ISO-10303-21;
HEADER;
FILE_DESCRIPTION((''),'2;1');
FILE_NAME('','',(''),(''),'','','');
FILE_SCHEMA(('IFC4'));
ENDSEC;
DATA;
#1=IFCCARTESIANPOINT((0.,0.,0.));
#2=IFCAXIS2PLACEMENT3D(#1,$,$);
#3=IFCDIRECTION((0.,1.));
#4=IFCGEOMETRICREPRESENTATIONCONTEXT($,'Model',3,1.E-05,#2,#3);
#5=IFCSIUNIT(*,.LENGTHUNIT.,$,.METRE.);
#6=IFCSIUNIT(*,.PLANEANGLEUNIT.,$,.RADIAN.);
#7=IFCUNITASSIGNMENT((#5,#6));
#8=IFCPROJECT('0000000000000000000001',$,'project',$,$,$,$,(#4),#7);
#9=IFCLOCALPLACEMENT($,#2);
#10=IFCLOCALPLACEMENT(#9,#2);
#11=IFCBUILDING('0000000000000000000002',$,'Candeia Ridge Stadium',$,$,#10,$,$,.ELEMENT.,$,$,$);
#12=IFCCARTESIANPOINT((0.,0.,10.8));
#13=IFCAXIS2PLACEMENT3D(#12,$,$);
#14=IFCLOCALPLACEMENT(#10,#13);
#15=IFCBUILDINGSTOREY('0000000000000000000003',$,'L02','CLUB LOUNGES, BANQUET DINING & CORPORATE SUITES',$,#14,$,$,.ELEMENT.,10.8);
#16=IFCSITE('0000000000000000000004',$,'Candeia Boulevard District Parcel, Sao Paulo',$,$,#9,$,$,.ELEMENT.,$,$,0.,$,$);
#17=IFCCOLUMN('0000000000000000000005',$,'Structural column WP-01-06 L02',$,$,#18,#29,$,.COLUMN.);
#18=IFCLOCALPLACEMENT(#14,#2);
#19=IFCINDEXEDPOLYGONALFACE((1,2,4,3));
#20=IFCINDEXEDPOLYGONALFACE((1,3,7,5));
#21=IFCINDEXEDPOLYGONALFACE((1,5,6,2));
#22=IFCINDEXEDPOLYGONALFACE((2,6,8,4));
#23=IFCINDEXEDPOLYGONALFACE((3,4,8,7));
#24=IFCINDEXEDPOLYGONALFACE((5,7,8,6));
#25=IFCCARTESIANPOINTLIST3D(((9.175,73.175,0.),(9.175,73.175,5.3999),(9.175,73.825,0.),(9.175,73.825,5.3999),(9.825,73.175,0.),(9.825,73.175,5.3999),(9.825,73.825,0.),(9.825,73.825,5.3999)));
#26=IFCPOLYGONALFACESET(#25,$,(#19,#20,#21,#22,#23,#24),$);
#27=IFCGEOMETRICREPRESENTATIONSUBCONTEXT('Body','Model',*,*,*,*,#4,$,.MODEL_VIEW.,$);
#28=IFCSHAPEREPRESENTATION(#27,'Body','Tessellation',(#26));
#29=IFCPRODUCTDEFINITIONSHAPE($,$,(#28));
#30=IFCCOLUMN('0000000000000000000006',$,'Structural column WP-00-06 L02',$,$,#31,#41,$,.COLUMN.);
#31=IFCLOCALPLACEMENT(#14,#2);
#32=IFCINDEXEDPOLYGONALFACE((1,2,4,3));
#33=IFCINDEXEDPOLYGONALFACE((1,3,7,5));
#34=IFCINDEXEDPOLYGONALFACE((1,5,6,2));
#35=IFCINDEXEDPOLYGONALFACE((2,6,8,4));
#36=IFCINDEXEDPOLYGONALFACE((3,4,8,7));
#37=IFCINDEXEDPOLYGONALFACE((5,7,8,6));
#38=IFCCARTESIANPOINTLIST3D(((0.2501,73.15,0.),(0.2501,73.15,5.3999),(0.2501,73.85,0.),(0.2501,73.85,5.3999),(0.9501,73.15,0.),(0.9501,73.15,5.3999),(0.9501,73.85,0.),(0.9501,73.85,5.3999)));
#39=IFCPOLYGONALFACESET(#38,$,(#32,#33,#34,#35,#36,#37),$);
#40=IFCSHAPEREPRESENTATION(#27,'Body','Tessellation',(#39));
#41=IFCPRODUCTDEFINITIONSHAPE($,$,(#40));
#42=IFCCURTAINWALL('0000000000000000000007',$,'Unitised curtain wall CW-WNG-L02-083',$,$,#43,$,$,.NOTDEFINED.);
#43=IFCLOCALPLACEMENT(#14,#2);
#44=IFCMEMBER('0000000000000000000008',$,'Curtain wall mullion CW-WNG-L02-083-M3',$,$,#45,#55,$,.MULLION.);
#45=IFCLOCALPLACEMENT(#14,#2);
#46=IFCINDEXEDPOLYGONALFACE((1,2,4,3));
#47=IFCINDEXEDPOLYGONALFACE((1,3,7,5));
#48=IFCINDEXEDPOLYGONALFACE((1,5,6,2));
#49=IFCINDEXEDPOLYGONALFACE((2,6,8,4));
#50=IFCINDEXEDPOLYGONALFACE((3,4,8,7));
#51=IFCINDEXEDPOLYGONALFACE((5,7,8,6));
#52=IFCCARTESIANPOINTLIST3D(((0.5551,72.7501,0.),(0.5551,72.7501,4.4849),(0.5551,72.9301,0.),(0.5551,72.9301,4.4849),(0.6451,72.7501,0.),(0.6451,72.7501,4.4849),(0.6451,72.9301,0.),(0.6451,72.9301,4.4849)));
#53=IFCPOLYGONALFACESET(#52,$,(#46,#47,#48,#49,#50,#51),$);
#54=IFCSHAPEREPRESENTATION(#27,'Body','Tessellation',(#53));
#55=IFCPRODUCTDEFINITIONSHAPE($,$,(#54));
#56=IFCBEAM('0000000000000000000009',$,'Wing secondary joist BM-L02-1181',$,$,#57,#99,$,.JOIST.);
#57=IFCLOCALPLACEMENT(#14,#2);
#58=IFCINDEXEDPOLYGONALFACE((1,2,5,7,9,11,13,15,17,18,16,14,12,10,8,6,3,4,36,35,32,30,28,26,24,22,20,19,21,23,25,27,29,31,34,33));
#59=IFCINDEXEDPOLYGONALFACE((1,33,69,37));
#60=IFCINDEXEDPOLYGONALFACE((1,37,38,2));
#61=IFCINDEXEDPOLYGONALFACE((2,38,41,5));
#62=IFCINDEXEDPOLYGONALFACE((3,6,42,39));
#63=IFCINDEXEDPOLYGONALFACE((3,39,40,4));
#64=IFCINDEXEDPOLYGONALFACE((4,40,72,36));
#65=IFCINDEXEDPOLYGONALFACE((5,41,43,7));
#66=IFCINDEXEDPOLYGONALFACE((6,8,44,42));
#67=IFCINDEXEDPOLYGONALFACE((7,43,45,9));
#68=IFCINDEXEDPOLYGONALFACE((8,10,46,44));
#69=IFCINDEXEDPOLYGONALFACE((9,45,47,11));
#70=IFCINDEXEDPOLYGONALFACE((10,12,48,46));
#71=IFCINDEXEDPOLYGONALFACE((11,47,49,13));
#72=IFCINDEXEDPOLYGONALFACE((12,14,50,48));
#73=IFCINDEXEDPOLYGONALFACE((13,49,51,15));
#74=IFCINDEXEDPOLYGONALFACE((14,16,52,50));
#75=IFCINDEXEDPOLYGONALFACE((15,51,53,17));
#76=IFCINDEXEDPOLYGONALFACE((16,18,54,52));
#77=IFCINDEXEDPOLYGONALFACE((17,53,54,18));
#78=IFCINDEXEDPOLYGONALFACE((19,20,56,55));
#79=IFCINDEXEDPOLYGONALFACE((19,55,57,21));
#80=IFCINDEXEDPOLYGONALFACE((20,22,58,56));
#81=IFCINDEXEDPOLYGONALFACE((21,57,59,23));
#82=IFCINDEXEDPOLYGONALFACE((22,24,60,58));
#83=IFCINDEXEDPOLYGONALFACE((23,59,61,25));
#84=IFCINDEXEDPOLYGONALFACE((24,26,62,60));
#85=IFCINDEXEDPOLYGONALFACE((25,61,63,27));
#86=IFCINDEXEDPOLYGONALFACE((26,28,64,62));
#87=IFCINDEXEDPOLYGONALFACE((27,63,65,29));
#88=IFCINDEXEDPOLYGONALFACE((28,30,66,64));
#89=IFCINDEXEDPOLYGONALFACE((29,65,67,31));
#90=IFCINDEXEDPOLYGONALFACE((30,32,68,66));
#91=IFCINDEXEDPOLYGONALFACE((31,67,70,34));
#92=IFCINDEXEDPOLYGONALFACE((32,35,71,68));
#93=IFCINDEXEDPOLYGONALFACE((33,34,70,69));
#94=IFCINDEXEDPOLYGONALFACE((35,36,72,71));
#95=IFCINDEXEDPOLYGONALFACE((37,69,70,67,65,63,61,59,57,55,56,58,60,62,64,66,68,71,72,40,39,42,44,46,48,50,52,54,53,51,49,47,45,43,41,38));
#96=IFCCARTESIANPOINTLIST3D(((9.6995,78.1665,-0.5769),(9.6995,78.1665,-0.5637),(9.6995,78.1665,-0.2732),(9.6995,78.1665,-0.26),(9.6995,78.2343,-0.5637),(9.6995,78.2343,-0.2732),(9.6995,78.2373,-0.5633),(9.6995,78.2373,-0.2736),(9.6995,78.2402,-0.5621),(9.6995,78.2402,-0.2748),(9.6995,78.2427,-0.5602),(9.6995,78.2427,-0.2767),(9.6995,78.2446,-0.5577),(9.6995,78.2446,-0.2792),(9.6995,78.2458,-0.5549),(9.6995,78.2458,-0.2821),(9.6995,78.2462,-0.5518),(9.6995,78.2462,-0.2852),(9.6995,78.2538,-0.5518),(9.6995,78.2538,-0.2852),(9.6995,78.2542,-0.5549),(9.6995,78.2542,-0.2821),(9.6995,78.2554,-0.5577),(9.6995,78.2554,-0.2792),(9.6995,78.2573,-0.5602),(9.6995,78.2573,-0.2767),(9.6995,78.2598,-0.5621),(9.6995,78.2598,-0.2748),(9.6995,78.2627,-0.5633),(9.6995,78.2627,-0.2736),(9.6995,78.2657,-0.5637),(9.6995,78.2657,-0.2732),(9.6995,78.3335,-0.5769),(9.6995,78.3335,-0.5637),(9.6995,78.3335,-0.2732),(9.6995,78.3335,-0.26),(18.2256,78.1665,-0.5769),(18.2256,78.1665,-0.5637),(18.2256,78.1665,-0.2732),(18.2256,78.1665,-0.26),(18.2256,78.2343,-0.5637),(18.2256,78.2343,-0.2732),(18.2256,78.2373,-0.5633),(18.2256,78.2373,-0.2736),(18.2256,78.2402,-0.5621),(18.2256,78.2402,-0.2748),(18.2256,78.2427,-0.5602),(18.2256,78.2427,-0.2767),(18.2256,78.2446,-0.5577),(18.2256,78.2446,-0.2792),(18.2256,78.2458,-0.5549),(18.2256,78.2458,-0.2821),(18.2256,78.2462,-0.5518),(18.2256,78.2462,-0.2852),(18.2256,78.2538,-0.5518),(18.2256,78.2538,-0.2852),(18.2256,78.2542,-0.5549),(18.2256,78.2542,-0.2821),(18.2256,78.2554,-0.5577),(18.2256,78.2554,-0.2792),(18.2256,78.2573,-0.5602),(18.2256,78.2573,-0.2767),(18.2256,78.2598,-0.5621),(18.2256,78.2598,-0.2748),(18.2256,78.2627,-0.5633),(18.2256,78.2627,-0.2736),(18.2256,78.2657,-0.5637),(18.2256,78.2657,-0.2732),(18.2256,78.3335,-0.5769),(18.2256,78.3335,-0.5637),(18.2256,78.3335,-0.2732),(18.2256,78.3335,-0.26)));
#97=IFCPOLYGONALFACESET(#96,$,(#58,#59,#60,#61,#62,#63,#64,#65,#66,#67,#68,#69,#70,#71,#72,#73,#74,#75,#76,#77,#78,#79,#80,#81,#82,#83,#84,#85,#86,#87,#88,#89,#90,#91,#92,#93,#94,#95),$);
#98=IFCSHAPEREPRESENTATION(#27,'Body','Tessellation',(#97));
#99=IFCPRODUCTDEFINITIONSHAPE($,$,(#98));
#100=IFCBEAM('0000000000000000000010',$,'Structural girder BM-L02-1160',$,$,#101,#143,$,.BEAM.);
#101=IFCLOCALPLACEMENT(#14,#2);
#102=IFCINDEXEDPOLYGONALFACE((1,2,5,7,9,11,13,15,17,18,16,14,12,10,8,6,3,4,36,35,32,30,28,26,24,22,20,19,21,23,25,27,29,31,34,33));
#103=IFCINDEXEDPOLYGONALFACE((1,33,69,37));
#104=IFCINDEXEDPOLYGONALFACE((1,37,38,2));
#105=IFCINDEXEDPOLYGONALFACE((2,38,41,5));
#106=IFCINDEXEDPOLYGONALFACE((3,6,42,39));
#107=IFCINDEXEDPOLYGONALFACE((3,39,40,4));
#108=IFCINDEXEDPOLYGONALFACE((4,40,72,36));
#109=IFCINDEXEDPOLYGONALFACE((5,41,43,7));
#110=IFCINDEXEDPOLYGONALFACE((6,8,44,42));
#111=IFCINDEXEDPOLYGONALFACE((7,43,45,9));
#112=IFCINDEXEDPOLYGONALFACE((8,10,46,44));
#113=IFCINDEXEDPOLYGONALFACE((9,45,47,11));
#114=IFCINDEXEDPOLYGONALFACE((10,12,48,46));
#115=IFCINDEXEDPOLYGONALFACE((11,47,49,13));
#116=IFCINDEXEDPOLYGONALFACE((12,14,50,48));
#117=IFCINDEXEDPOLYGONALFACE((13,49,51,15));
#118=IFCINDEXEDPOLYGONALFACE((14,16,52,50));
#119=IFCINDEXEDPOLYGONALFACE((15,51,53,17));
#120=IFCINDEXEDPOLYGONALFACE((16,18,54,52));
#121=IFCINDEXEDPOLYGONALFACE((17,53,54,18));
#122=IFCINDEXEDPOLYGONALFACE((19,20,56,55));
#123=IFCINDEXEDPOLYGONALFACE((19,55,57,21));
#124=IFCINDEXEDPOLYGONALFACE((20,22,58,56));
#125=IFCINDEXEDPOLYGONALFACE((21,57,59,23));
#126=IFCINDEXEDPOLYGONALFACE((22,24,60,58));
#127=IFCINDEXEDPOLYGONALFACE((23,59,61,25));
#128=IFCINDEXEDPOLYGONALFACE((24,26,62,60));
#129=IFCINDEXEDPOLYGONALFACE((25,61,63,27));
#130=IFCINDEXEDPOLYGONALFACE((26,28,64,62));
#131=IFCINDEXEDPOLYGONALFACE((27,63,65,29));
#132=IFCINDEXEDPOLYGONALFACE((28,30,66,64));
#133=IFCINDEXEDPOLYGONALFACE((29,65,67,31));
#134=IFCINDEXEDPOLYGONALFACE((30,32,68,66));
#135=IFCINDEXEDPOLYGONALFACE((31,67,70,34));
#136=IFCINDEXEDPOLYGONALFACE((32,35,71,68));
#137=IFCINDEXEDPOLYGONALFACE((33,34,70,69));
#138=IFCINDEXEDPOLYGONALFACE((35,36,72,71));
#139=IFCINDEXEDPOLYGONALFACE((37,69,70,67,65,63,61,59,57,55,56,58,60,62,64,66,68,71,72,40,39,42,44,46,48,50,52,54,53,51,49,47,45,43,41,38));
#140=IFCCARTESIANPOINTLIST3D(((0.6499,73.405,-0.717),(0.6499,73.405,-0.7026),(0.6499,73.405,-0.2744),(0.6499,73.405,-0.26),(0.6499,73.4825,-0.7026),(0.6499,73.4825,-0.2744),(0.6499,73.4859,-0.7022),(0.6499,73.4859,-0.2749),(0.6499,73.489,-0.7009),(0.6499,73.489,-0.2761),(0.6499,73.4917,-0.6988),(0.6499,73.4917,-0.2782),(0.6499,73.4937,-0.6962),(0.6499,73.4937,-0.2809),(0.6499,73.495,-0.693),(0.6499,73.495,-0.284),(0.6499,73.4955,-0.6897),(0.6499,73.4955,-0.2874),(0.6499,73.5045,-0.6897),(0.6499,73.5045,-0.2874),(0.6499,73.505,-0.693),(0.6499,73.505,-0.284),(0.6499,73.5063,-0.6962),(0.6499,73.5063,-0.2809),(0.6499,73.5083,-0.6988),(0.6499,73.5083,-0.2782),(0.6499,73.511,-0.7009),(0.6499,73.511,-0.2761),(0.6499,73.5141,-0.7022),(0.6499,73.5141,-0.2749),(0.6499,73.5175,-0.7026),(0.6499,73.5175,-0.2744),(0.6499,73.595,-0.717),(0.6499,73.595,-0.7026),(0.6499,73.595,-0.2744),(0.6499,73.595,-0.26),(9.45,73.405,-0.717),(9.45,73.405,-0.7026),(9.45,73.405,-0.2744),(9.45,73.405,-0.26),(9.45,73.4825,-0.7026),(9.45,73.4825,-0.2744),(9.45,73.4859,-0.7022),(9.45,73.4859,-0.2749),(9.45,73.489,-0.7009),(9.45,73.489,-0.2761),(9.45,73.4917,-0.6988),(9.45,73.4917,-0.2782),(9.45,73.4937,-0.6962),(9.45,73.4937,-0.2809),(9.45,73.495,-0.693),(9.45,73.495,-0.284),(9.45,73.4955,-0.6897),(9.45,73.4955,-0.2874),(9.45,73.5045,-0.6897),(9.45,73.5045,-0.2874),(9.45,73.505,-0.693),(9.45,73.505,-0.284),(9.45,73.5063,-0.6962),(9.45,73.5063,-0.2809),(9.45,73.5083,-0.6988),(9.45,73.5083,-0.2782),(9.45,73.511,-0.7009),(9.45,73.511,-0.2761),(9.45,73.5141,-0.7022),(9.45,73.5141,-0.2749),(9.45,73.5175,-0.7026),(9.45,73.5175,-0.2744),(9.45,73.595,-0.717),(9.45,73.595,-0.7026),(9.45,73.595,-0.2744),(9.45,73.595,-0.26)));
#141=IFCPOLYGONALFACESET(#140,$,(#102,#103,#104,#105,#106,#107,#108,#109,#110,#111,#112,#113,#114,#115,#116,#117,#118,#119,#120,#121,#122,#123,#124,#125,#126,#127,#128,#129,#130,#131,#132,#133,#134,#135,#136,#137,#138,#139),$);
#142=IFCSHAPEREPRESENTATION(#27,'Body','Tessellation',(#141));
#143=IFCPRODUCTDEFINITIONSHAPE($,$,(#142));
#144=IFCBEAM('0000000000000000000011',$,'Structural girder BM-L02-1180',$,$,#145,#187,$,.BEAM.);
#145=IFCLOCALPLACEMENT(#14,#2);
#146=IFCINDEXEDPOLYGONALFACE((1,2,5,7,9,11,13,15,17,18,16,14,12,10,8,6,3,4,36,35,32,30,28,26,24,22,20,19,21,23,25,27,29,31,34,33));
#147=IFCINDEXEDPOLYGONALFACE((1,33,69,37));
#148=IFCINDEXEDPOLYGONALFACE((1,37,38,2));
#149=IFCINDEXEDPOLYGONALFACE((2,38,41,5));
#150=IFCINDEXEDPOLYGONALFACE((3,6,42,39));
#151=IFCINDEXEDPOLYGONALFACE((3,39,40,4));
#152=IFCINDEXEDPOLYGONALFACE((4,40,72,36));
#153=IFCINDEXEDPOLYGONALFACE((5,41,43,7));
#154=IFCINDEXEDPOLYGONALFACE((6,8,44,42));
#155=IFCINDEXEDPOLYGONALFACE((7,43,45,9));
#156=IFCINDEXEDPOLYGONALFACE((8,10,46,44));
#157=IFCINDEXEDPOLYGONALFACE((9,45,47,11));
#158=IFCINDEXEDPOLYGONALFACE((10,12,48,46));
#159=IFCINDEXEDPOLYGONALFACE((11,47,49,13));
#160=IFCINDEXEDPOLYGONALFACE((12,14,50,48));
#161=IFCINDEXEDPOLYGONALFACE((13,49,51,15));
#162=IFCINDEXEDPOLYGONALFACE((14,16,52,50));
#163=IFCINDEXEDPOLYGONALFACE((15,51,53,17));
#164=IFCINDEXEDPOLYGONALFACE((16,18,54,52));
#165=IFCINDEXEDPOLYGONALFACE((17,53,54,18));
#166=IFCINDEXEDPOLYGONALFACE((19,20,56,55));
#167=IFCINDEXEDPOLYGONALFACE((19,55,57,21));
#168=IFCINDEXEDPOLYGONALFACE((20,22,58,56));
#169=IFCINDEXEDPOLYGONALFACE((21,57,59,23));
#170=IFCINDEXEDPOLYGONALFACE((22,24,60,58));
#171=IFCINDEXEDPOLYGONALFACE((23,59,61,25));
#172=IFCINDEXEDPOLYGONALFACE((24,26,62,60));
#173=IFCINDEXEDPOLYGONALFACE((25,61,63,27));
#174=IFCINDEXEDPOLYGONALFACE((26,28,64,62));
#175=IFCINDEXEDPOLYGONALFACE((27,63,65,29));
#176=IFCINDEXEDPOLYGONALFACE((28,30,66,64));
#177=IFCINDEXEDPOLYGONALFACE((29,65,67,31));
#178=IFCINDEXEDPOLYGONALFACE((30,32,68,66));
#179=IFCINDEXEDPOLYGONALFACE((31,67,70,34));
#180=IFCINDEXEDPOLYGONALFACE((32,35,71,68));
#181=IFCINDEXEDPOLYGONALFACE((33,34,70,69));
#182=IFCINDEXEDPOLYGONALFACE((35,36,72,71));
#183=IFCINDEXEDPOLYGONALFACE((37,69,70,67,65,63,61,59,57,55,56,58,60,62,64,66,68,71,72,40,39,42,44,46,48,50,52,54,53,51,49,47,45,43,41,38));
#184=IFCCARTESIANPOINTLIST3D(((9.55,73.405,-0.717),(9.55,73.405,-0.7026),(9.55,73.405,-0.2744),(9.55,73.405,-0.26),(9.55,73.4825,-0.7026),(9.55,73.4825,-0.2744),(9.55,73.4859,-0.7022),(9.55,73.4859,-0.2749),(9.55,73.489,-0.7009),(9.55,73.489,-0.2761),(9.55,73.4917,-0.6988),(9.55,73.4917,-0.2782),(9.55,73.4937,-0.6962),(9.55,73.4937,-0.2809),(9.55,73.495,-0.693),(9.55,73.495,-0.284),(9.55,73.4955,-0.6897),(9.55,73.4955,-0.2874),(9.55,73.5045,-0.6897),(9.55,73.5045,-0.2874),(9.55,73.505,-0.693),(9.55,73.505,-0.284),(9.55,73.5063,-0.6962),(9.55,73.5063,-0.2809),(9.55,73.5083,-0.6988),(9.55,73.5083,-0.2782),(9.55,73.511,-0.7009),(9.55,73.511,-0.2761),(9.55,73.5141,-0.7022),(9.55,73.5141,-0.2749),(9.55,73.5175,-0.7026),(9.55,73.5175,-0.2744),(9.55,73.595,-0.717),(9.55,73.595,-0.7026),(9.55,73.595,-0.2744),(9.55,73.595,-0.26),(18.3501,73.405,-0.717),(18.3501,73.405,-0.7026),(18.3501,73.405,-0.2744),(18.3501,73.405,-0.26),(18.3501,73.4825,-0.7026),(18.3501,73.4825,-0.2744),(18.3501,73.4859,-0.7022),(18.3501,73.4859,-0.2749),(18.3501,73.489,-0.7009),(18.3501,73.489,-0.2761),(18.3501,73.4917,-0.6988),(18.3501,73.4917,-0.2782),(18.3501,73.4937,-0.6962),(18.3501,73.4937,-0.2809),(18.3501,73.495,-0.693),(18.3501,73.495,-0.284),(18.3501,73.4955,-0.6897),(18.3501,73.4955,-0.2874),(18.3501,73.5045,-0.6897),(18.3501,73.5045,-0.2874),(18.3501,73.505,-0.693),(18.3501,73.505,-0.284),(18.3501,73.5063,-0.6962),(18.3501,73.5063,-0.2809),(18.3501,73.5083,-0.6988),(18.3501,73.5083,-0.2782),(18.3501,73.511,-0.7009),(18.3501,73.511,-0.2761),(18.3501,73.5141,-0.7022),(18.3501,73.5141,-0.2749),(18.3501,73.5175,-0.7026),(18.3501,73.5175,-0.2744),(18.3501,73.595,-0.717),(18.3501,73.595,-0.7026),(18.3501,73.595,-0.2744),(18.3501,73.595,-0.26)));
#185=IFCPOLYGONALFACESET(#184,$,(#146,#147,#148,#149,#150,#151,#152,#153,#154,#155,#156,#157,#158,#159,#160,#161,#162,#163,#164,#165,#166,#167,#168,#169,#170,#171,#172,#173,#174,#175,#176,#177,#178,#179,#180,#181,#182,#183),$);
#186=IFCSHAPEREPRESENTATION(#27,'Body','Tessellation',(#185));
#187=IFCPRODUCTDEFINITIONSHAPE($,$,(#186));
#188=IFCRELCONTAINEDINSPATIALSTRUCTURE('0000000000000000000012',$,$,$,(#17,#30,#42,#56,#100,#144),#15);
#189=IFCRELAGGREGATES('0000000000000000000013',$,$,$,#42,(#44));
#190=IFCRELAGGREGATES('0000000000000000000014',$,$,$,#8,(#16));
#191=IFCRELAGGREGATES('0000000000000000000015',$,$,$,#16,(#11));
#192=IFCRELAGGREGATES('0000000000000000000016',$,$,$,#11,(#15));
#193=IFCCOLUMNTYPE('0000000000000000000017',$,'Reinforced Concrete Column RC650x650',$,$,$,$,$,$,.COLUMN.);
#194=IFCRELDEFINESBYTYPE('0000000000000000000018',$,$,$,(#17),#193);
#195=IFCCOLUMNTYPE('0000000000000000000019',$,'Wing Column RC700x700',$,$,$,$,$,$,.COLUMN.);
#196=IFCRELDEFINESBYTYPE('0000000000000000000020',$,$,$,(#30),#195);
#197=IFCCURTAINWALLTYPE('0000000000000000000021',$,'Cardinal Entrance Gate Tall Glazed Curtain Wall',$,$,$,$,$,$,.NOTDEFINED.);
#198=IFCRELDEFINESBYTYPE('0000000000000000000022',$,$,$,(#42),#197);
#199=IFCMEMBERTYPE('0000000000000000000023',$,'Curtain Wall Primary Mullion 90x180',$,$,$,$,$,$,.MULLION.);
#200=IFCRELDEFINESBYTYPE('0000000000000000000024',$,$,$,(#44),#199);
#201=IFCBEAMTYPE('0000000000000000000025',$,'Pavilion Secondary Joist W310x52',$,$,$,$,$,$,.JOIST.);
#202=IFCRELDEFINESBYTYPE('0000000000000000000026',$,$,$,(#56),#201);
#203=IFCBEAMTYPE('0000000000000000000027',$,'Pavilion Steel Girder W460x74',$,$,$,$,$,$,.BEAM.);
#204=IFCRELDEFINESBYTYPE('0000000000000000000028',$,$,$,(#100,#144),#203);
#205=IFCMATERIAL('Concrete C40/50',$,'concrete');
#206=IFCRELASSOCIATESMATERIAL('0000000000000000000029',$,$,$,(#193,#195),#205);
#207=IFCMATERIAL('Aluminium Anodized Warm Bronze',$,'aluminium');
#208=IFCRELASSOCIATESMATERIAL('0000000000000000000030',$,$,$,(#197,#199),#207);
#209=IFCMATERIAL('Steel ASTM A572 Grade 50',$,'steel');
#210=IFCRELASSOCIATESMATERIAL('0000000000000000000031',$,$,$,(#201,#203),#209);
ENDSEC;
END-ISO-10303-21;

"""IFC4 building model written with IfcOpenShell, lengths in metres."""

from ifc_helpers import new_model, si_unit, direction, frame, origin, origin_2d, place, context, subcontext, project, spatial, rectangle, i_section, extrude, material, material_profile, profile_set, type_object, element, aggregate, save


model = new_model("IFC4")

# Units and contexts
model_context = context("Model", 3, precision=1e-05, world=origin(), true_north=direction((0.0, 1.0)))
body_context = subcontext(model_context, "Body", "Model", "MODEL_VIEW")
ifc_project = project(units=[si_unit("LENGTHUNIT", "METRE"), si_unit("PLANEANGLEUNIT", "RADIAN")], contexts=[model_context])

# Site, building, storey
site_placement = place(None, origin())
site = spatial("IfcSite", under=ifc_project, at=site_placement, Name="Candeia Boulevard District Parcel, Sao Paulo", CompositionType="ELEMENT", RefElevation=0.0)
building_placement = place(site_placement, origin())
building = spatial("IfcBuilding", under=site, at=building_placement, Name="Candeia Ridge Stadium", CompositionType="ELEMENT")
storey_placement = place(building_placement, frame((0.0, 0.0, 10.8)))
storey = spatial("IfcBuildingStorey", under=building, at=storey_placement, Name="L02", Description="CLUB LOUNGES, BANQUET DINING & CORPORATE SUITES", CompositionType="ELEMENT", Elevation=10.8)

# Columns
ifc_material_1 = material(Name="Concrete C40/50", Category="concrete")
ifc_material_profile_1 = material_profile(ifc_material_1, rectangle(XDim=0.6499, YDim=0.6499, at=origin_2d()), Name="RC650x650", Category="concrete")
ifc_profile_set_1 = profile_set([ifc_material_profile_1], Name="Concrete C40/50")
column_type_1 = type_object("IfcColumnType", Name="Reinforced Concrete Column RC650x650", PredefinedType="COLUMN", material=ifc_profile_set_1)
column_1_placement = place(storey_placement, frame((9.5, 73.5, 0.0), z_axis=(0.0, 0.0, 1.0), x_axis=(1.0, 0.0, 0.0)))
element("IfcColumn", 1, at=column_1_placement, inside=storey, type_object=column_type_1, Name="Structural column WP-01-06 L02", PredefinedType="COLUMN", context=body_context, shape_type="SweptSolid", body=[
    extrude(rectangle(XDim=0.6499, YDim=0.6499, at=origin_2d()), origin(), (0.0, 0.0, 1.0), 5.3999),
])
ifc_material_profile_2 = material_profile(ifc_material_1, rectangle(XDim=0.7, YDim=0.7, at=origin_2d()), Name="RC700x700", Category="concrete")
ifc_profile_set_2 = profile_set([ifc_material_profile_2], Name="Concrete C40/50")
column_type_2 = type_object("IfcColumnType", Name="Wing Column RC700x700", PredefinedType="COLUMN", material=ifc_profile_set_2)
column_2_placement = place(storey_placement, frame((0.6001, 73.5, 0.0), z_axis=(0.0, 0.0, 1.0), x_axis=(1.0, 0.0, 0.0)))
element("IfcColumn", 2, at=column_2_placement, inside=storey, type_object=column_type_2, Name="Structural column WP-00-06 L02", PredefinedType="COLUMN", context=body_context, shape_type="SweptSolid", body=[
    extrude(rectangle(XDim=0.7, YDim=0.7, at=origin_2d()), origin(), (0.0, 0.0, 1.0), 5.3999),
])

# Curtain wall, member
ifc_material_2 = material(Name="Aluminium Anodized Warm Bronze", Category="aluminium")
curtain_wall_type = type_object("IfcCurtainWallType", Name="Cardinal Entrance Gate Tall Glazed Curtain Wall", PredefinedType="NOTDEFINED", material=ifc_material_2)
curtain_wall_placement = place(storey_placement, origin())
curtain_wall = element("IfcCurtainWall", 3, at=curtain_wall_placement, inside=storey, type_object=curtain_wall_type, Name="Unitised curtain wall CW-WNG-L02-083", PredefinedType="NOTDEFINED")
ifc_material_profile_3 = material_profile(ifc_material_2, rectangle(XDim=0.0901, YDim=0.1799, at=origin_2d()), Name="CWM-90x180", Category="aluminium")
ifc_profile_set_3 = profile_set([ifc_material_profile_3], Name="Aluminium Anodized Warm Bronze")
member_type = type_object("IfcMemberType", Name="Curtain Wall Primary Mullion 90x180", PredefinedType="MULLION", material=ifc_profile_set_3)
member_placement = place(storey_placement, frame((0.6001, 72.8401, 0.0), z_axis=(0.0, 0.0, 1.0), x_axis=(1.0, 0.0, 0.0)))
member = element("IfcMember", 4, at=member_placement, type_object=member_type, Name="Curtain wall mullion CW-WNG-L02-083-M3", PredefinedType="MULLION", context=body_context, shape_type="SweptSolid", body=[
    extrude(rectangle(XDim=0.0901, YDim=0.1799, at=origin_2d()), origin(), (0.0, 0.0, 1.0), 4.4849),
])

# Beams
ifc_material_3 = material(Name="Steel ASTM A572 Grade 50", Category="steel")
ifc_material_profile_4 = material_profile(ifc_material_3, i_section(OverallWidth=0.167, OverallDepth=0.3169, WebThickness=0.0076, FlangeThickness=0.0132, FilletRadius=0.012, at=origin_2d()), Name="W310x52", Category="steel")
ifc_profile_set_4 = profile_set([ifc_material_profile_4], Name="Steel ASTM A572 Grade 50")
beam_type_1 = type_object("IfcBeamType", Name="Pavilion Secondary Joist W310x52", PredefinedType="JOIST", material=ifc_profile_set_4)
beam_1_placement = place(storey_placement, frame((9.6995, 78.25, -0.4185), z_axis=(1.0, 0.0, 0.0), x_axis=(0.0, 1.0, 0.0)))
element("IfcBeam", 5, at=beam_1_placement, inside=storey, type_object=beam_type_1, Name="Wing secondary joist BM-L02-1181", PredefinedType="JOIST", context=body_context, shape_type="SweptSolid", body=[
    extrude(i_section(OverallWidth=0.167, OverallDepth=0.3169, WebThickness=0.0076, FlangeThickness=0.0132, FilletRadius=0.012, at=origin_2d()), origin(), (0.0, 0.0, 1.0), 8.5261),
])
ifc_material_profile_5 = material_profile(ifc_material_3, i_section(OverallWidth=0.1899, OverallDepth=0.457, WebThickness=0.009, FlangeThickness=0.0144, FilletRadius=0.0129, at=origin_2d()), Name="W460x74", Category="steel")
ifc_profile_set_5 = profile_set([ifc_material_profile_5], Name="Steel ASTM A572 Grade 50")
beam_type_2 = type_object("IfcBeamType", Name="Pavilion Steel Girder W460x74", PredefinedType="BEAM", material=ifc_profile_set_5)
for number, where, z_axis, x_axis, name in (
    (6, (0.6499, 73.5, -0.4885), (1.0, 0.0, 0.0), (0.0, 1.0, 0.0), "Structural girder BM-L02-1160"),
    (7, (9.55, 73.5, -0.4885), (1.0, 0.0, 0.0), (0.0, 1.0, 0.0), "Structural girder BM-L02-1180"),
):
    element("IfcBeam", number, at=place(storey_placement, frame(where, z_axis=z_axis, x_axis=x_axis)), inside=storey, type_object=beam_type_2, Name=name, PredefinedType="BEAM", context=body_context, shape_type="SweptSolid", body=[
        extrude(i_section(OverallWidth=0.1899, OverallDepth=0.457, WebThickness=0.009, FlangeThickness=0.0144, FilletRadius=0.0129, at=origin_2d()), origin(), (0.0, 0.0, 1.0), 8.8),
    ])

aggregate(curtain_wall, [member])

save(model, "model.ifc")
